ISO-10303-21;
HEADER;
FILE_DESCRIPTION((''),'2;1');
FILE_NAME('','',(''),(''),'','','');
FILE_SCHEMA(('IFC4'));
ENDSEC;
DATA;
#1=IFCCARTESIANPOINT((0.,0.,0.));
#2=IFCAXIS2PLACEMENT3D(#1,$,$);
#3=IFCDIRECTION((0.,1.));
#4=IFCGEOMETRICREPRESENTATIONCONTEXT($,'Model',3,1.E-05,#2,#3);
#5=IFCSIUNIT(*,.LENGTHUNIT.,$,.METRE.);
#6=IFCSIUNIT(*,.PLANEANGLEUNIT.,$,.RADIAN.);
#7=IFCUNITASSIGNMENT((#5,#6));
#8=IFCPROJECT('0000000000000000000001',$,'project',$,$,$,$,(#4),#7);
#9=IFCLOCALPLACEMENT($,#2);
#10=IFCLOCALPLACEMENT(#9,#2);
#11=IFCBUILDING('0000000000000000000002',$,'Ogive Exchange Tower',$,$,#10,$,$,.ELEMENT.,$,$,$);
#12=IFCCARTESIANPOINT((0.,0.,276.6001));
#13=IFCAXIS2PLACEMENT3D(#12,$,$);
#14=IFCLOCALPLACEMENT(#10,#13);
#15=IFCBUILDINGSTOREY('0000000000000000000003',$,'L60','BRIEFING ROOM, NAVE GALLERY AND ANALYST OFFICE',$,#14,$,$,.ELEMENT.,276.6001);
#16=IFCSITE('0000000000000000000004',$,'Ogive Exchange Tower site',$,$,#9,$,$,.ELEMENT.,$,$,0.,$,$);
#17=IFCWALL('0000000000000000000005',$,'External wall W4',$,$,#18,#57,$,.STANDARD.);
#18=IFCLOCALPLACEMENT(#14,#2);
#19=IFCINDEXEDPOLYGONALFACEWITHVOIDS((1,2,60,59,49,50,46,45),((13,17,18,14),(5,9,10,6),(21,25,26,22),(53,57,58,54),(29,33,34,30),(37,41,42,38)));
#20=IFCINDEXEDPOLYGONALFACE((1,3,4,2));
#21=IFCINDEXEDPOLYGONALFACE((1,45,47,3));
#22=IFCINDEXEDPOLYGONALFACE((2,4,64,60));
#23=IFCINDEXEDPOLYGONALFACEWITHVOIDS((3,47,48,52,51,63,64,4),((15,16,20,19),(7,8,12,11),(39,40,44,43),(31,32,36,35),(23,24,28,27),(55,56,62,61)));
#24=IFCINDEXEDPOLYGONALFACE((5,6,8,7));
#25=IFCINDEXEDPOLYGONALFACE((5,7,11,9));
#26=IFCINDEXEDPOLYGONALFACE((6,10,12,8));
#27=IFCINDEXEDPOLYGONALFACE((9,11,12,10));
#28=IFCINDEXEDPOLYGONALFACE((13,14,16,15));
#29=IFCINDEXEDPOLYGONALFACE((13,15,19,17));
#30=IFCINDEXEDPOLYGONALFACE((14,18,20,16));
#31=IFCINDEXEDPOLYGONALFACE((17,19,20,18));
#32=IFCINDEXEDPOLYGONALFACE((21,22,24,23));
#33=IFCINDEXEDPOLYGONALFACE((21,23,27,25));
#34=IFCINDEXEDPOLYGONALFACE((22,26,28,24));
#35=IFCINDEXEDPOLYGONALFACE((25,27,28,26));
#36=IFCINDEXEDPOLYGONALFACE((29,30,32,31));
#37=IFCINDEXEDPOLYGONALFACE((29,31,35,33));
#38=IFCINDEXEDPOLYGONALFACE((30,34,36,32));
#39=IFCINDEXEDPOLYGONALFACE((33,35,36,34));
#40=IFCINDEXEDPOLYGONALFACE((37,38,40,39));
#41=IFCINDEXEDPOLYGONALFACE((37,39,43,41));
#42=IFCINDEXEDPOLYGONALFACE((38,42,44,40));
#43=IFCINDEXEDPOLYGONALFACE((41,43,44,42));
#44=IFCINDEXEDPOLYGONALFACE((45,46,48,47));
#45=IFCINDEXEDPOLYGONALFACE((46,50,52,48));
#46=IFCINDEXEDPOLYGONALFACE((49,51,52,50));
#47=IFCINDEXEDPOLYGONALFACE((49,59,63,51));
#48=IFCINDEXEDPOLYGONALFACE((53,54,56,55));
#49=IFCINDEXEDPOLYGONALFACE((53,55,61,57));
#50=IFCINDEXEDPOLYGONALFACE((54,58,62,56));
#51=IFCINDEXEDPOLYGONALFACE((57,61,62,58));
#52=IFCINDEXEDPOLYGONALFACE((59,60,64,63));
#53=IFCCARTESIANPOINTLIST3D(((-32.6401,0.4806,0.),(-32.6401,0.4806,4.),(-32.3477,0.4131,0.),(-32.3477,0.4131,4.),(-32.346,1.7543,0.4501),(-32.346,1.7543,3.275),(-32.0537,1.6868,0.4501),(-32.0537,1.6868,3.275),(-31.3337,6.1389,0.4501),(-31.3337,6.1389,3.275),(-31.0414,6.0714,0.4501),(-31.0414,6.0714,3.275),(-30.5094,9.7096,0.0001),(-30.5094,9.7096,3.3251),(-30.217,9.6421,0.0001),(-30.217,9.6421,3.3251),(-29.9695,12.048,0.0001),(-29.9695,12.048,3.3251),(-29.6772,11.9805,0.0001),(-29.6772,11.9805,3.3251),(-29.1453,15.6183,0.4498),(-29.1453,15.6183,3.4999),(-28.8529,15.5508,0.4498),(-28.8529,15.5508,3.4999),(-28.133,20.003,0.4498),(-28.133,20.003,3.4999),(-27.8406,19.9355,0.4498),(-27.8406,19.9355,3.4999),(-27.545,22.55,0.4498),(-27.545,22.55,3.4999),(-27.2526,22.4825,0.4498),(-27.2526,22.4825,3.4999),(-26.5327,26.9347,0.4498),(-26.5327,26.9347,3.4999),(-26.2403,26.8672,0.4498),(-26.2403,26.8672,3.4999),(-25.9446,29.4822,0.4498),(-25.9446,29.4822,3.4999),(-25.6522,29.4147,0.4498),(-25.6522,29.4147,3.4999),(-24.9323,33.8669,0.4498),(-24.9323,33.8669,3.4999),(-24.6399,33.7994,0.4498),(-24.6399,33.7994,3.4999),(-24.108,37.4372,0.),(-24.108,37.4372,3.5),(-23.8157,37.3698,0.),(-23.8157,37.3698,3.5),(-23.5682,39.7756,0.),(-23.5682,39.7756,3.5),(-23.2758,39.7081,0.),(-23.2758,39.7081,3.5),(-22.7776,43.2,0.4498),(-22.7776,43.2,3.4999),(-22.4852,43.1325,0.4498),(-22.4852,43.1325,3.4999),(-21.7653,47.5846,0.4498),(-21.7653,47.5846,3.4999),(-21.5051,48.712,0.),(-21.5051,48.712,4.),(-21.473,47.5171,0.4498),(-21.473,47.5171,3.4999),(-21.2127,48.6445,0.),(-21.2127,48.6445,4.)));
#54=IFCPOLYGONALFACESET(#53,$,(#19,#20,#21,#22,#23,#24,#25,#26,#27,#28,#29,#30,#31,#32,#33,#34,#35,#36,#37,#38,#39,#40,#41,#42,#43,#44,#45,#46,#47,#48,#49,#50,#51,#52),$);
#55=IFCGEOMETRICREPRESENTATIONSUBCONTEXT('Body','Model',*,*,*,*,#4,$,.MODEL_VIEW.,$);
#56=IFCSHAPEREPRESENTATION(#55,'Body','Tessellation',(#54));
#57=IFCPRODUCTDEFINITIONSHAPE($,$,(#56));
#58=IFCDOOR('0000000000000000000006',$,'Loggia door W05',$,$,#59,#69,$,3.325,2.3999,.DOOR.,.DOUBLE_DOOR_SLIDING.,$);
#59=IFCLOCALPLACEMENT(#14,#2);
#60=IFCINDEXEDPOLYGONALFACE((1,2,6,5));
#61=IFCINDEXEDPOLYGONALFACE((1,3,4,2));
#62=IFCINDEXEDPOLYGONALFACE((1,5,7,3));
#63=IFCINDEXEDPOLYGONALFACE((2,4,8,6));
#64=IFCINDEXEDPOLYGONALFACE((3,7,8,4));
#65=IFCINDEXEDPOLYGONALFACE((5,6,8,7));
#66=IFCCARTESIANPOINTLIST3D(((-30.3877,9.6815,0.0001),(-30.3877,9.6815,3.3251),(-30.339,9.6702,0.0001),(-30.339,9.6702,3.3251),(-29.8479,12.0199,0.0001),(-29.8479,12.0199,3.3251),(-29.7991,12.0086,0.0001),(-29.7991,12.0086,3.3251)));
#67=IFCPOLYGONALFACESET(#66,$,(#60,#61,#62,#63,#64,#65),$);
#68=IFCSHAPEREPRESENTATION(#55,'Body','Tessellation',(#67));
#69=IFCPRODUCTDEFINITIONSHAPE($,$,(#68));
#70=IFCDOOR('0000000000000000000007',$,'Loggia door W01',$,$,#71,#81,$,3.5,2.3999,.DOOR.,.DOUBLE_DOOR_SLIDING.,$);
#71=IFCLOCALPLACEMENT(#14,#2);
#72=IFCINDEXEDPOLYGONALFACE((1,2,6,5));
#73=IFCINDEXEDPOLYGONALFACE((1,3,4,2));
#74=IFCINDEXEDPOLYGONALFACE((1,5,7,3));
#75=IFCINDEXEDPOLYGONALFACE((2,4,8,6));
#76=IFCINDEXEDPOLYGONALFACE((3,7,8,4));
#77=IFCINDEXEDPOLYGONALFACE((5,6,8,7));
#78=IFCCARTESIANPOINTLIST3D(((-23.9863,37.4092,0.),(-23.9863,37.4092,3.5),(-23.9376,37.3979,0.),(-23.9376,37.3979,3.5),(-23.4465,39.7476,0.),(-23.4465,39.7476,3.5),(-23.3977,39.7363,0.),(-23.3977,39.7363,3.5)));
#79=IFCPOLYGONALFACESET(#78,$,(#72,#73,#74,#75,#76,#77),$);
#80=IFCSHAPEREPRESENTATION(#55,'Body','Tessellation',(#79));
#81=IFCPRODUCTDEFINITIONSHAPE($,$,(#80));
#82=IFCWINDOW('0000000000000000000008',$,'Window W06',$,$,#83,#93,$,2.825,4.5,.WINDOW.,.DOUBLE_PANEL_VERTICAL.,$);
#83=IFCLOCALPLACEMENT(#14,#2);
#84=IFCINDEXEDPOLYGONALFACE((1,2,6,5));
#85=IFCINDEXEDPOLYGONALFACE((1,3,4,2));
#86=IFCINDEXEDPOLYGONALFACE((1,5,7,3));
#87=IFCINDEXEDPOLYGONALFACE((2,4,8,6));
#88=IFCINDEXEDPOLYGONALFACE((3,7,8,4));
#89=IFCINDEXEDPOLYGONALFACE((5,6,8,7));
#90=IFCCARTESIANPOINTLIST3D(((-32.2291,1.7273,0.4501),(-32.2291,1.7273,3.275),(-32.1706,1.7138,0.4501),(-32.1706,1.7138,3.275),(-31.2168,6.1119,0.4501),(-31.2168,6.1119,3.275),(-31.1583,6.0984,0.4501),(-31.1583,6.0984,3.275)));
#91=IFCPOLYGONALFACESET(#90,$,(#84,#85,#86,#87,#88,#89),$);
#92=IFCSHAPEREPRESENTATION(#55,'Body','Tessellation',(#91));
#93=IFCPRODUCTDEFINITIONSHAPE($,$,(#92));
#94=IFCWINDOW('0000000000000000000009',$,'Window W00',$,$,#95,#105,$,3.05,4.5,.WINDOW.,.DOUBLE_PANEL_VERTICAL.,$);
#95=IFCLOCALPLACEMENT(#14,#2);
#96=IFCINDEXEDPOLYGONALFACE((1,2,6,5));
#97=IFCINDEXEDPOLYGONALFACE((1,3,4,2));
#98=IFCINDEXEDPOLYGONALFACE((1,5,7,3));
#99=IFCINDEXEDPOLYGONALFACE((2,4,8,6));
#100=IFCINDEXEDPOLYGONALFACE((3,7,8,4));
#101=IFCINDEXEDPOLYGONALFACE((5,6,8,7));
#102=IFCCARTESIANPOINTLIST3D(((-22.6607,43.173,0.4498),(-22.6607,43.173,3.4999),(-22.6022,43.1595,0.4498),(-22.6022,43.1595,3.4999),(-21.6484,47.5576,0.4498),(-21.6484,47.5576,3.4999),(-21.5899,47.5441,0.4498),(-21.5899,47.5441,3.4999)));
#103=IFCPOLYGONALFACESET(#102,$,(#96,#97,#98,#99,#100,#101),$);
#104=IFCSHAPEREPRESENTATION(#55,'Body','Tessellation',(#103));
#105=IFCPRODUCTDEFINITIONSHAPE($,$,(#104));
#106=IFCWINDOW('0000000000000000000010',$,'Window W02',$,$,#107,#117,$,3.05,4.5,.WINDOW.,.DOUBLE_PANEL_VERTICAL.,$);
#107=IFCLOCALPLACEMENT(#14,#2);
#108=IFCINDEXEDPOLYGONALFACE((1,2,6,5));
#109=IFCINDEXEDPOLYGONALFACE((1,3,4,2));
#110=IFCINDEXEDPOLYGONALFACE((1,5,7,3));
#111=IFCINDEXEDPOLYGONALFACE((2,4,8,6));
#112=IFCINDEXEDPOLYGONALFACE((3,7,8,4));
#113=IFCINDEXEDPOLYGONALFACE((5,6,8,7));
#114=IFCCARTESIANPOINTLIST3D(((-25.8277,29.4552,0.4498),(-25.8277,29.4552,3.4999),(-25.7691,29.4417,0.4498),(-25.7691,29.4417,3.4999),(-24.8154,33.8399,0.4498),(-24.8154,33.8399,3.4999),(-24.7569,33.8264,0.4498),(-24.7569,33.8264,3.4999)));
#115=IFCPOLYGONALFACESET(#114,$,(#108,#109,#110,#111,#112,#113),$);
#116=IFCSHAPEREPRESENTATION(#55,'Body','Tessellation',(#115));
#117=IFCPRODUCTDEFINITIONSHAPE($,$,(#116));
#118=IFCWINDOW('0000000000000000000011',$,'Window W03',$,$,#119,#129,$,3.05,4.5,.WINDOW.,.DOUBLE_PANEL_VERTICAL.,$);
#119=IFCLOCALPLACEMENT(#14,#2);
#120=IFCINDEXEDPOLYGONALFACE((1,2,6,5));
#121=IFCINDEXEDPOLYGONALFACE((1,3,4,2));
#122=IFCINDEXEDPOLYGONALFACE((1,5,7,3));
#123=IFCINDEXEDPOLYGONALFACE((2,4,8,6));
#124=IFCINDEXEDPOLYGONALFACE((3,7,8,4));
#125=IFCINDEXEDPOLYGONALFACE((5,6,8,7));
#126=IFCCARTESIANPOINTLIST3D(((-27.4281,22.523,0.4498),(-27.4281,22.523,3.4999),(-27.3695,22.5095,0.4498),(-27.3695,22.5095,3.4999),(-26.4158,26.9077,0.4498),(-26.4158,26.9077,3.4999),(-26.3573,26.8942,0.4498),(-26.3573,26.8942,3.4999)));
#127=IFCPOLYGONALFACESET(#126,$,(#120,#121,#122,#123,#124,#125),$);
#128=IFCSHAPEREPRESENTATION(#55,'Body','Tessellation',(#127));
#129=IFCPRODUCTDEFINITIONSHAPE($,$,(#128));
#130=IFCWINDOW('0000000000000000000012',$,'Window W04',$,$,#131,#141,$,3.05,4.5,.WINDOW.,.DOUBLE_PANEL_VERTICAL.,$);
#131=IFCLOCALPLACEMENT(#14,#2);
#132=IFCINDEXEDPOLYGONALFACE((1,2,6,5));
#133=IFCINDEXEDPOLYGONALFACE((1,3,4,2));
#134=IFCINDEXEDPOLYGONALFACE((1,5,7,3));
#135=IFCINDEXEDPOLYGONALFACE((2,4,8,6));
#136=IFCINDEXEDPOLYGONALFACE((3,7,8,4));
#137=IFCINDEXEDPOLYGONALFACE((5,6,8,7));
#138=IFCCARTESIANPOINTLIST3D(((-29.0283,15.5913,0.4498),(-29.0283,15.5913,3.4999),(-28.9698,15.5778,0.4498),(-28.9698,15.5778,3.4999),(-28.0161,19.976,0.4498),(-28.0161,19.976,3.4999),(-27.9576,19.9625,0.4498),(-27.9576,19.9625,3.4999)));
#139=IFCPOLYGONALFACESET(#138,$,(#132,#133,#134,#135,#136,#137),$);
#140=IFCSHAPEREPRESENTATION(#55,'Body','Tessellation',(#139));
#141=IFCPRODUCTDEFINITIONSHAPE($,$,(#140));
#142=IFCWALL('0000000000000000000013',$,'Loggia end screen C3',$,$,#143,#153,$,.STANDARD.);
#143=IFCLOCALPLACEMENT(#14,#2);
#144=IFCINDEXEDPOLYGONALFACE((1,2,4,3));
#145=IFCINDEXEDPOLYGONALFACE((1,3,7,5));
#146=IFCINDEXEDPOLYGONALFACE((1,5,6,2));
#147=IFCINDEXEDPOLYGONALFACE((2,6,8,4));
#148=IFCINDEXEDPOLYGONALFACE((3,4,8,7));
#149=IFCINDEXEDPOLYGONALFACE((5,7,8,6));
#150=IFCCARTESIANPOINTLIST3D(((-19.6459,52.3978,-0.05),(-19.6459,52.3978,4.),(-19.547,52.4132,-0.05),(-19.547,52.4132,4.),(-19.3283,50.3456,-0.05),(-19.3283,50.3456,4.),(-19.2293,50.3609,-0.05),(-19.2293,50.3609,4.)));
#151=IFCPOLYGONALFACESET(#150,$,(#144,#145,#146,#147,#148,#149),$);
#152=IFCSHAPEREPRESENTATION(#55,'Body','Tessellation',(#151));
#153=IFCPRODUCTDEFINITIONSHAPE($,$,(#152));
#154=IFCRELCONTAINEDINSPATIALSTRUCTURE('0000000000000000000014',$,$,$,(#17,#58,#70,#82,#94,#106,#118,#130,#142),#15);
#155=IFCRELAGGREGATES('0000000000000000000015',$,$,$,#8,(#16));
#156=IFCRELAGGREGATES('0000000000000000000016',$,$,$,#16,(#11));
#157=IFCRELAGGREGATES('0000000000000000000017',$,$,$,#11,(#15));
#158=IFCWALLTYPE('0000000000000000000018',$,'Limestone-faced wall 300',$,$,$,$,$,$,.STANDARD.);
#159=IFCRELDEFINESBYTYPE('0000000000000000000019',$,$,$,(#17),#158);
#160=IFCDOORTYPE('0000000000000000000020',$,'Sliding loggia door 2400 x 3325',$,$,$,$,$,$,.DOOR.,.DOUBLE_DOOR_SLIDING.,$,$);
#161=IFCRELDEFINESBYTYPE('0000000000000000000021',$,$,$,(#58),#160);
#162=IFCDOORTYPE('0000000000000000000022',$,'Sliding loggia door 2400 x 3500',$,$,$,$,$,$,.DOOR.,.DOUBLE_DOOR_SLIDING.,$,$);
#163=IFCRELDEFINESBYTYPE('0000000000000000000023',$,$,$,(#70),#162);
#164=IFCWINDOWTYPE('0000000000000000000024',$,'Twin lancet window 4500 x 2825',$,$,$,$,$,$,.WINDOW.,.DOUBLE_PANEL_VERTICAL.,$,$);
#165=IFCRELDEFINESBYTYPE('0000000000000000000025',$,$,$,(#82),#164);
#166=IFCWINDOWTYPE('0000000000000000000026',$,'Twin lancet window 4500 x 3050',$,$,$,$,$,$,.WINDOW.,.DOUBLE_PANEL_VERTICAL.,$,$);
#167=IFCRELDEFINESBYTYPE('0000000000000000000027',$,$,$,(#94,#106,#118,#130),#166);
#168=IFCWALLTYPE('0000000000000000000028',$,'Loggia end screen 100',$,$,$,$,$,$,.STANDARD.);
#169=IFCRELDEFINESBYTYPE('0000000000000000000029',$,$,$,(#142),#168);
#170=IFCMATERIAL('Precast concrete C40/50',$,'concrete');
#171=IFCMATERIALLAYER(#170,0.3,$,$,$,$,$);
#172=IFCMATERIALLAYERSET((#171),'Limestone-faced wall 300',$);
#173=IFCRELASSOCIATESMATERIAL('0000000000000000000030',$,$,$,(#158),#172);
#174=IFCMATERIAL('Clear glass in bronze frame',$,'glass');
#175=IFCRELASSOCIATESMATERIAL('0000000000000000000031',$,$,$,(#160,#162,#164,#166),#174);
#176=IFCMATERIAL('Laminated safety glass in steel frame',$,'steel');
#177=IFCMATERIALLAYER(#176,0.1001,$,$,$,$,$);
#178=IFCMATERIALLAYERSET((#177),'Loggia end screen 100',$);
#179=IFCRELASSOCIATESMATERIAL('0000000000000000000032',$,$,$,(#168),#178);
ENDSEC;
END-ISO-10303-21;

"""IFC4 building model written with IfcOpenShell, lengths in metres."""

from ifc_helpers import new_model, si_unit, direction, frame, frame_2d, origin, place, context, subcontext, project, spatial, rectangle, extrude, material, layer, layer_set, type_object, element, fill, save


model = new_model("IFC4")

# Units and contexts
model_context = context("Model", 3, precision=1e-05, world=origin(), true_north=direction((0.0, 1.0)))
body_context = subcontext(model_context, "Body", "Model", "MODEL_VIEW")
ifc_project = project(units=[si_unit("LENGTHUNIT", "METRE"), si_unit("PLANEANGLEUNIT", "RADIAN")], contexts=[model_context])

# Site, building, storey
site_placement = place(None, origin())
site = spatial("IfcSite", under=ifc_project, at=site_placement, Name="Ogive Exchange Tower site", CompositionType="ELEMENT", RefElevation=0.0)
building_placement = place(site_placement, origin())
building = spatial("IfcBuilding", under=site, at=building_placement, Name="Ogive Exchange Tower", CompositionType="ELEMENT")
storey_placement = place(building_placement, frame((0.0, 0.0, 276.6001)))
storey = spatial("IfcBuildingStorey", under=building, at=storey_placement, Name="L60", Description="BRIEFING ROOM, NAVE GALLERY AND ANALYST OFFICE", CompositionType="ELEMENT", Elevation=276.6001)

# Wall, openings, doors, windows
ifc_material_1 = material(Name="Precast concrete C40/50", Category="concrete")
ifc_layer_1 = layer(ifc_material_1, 0.3)
ifc_layer_set_1 = layer_set([ifc_layer_1], Name="Limestone-faced wall 300")
wall_type_1 = type_object("IfcWallType", Name="Limestone-faced wall 300", PredefinedType="STANDARD", material=ifc_layer_set_1)
wall_1_placement = place(storey_placement, frame((-21.3589, 48.6782, 0.0), z_axis=(0.0, 0.0, 1.0), x_axis=(-0.224949, -0.97437, 0.0)))
wall_1 = element("IfcWall", 1, at=wall_1_placement, inside=storey, type_object=wall_type_1, Name="External wall W4", PredefinedType="STANDARD", context=body_context, shape_type="SweptSolid", body=[
    extrude(rectangle(XDim=49.5, YDim=0.3, at=frame_2d((24.75, 0.0))), origin(), (0.0, 0.0, 1.0), 4.0),
])
opening_1_placement = place(wall_1_placement, frame((1.157, 0.0, 0.45)))
opening_1 = element("IfcOpeningElement", 2, at=opening_1_placement, cuts=wall_1, PredefinedType="OPENING", context=body_context, shape_type="SweptSolid", body=[
    extrude(rectangle(XDim=4.5, YDim=3.05, at=frame_2d((2.25, 1.5249))), frame((0.0, 0.1599, 0.0), z_axis=(0.0, -1.0, 0.0), x_axis=(1.0, 0.0, 0.0)), (0.0, 0.0, 1.0), 0.3201),
])
opening_2_placement = place(wall_1_placement, frame((9.1714, 0.0, 0.0)))
opening_2 = element("IfcOpeningElement", 3, at=opening_2_placement, cuts=wall_1, PredefinedType="OPENING", context=body_context, shape_type="SweptSolid", body=[
    extrude(rectangle(XDim=2.3999, YDim=3.5, at=frame_2d((1.2, 1.75))), frame((0.0, 0.1599, 0.0), z_axis=(0.0, -1.0, 0.0), x_axis=(1.0, 0.0, 0.0)), (0.0, 0.0, 1.0), 0.3201),
])
opening_3_placement = place(wall_1_placement, frame((15.2356, 0.0, 0.45)))
opening_3 = element("IfcOpeningElement", 4, at=opening_3_placement, cuts=wall_1, PredefinedType="OPENING", context=body_context, shape_type="SweptSolid", body=[
    extrude(rectangle(XDim=4.5, YDim=3.05, at=frame_2d((2.25, 1.5249))), frame((0.0, 0.1599, 0.0), z_axis=(0.0, -1.0, 0.0), x_axis=(1.0, 0.0, 0.0)), (0.0, 0.0, 1.0), 0.3201),
])
opening_4_placement = place(wall_1_placement, frame((22.3501, 0.0, 0.45)))
opening_4 = element("IfcOpeningElement", 5, at=opening_4_placement, cuts=wall_1, PredefinedType="OPENING", context=body_context, shape_type="SweptSolid", body=[
    extrude(rectangle(XDim=4.5, YDim=3.05, at=frame_2d((2.25, 1.5249))), frame((0.0, 0.1599, 0.0), z_axis=(0.0, -1.0, 0.0), x_axis=(1.0, 0.0, 0.0)), (0.0, 0.0, 1.0), 0.3201),
])
opening_5_placement = place(wall_1_placement, frame((29.4641, 0.0, 0.45)))
opening_5 = element("IfcOpeningElement", 6, at=opening_5_placement, cuts=wall_1, PredefinedType="OPENING", context=body_context, shape_type="SweptSolid", body=[
    extrude(rectangle(XDim=4.5, YDim=3.05, at=frame_2d((2.25, 1.5249))), frame((0.0, 0.1599, 0.0), z_axis=(0.0, -1.0, 0.0), x_axis=(1.0, 0.0, 0.0)), (0.0, 0.0, 1.0), 0.3201),
])
opening_6_placement = place(wall_1_placement, frame((37.6284, 0.0, 0.0)))
opening_6 = element("IfcOpeningElement", 7, at=opening_6_placement, cuts=wall_1, PredefinedType="OPENING", context=body_context, shape_type="SweptSolid", body=[
    extrude(rectangle(XDim=2.3999, YDim=3.325, at=frame_2d((1.2, 1.6626))), frame((0.0, 0.1599, 0.0), z_axis=(0.0, -1.0, 0.0), x_axis=(1.0, 0.0, 0.0)), (0.0, 0.0, 1.0), 0.3201),
])
opening_7_placement = place(wall_1_placement, frame((43.6929, 0.0, 0.45)))
opening_7 = element("IfcOpeningElement", 8, at=opening_7_placement, cuts=wall_1, PredefinedType="OPENING", context=body_context, shape_type="SweptSolid", body=[
    extrude(rectangle(XDim=4.5, YDim=2.825, at=frame_2d((2.25, 1.4126))), frame((0.0, 0.1599, 0.0), z_axis=(0.0, -1.0, 0.0), x_axis=(1.0, 0.0, 0.0)), (0.0, 0.0, 1.0), 0.3201),
])
ifc_material_2 = material(Name="Clear glass in bronze frame", Category="glass")
door_type_1 = type_object("IfcDoorType", Name="Sliding loggia door 2400 x 3325", OperationType="DOUBLE_DOOR_SLIDING", PredefinedType="DOOR", material=ifc_material_2)
door_1_placement = place(opening_6_placement, origin())
door_1 = element("IfcDoor", 9, at=door_1_placement, inside=storey, type_object=door_type_1, Name="Loggia door W05", OperationType="DOUBLE_DOOR_SLIDING", OverallHeight=3.325, OverallWidth=2.3999, PredefinedType="DOOR", context=body_context, shape_type="SweptSolid", body=[
    extrude(rectangle(XDim=2.3999, YDim=3.325, at=frame_2d((1.2, 1.6626))), frame((0.0, 0.0249, 0.0), z_axis=(0.0, -1.0, 0.0), x_axis=(1.0, 0.0, 0.0)), (0.0, 0.0, 1.0), 0.05),
])
fill(opening_6, door_1)
door_type_2 = type_object("IfcDoorType", Name="Sliding loggia door 2400 x 3500", OperationType="DOUBLE_DOOR_SLIDING", PredefinedType="DOOR", material=ifc_material_2)
door_2_placement = place(opening_2_placement, origin())
door_2 = element("IfcDoor", 10, at=door_2_placement, inside=storey, type_object=door_type_2, Name="Loggia door W01", OperationType="DOUBLE_DOOR_SLIDING", OverallHeight=3.5, OverallWidth=2.3999, PredefinedType="DOOR", context=body_context, shape_type="SweptSolid", body=[
    extrude(rectangle(XDim=2.3999, YDim=3.5, at=frame_2d((1.2, 1.75))), frame((0.0, 0.0249, 0.0), z_axis=(0.0, -1.0, 0.0), x_axis=(1.0, 0.0, 0.0)), (0.0, 0.0, 1.0), 0.05),
])
fill(opening_2, door_2)
window_type_1 = type_object("IfcWindowType", Name="Twin lancet window 4500 x 2825", PartitioningType="DOUBLE_PANEL_VERTICAL", PredefinedType="WINDOW", material=ifc_material_2)
window_1_placement = place(opening_7_placement, origin())
window_1 = element("IfcWindow", 11, at=window_1_placement, inside=storey, type_object=window_type_1, Name="Window W06", OverallHeight=2.825, OverallWidth=4.5, PartitioningType="DOUBLE_PANEL_VERTICAL", PredefinedType="WINDOW", context=body_context, shape_type="SweptSolid", body=[
    extrude(rectangle(XDim=4.5, YDim=2.825, at=frame_2d((2.25, 1.4126))), frame((0.0, 0.03, 0.0), z_axis=(0.0, -1.0, 0.0), x_axis=(1.0, 0.0, 0.0)), (0.0, 0.0, 1.0), 0.0601),
])
fill(opening_7, window_1)
window_type_2 = type_object("IfcWindowType", Name="Twin lancet window 4500 x 3050", PartitioningType="DOUBLE_PANEL_VERTICAL", PredefinedType="WINDOW", material=ifc_material_2)
window_2_placement = place(opening_1_placement, origin())
window_2 = element("IfcWindow", 12, at=window_2_placement, inside=storey, type_object=window_type_2, Name="Window W00", OverallHeight=3.05, OverallWidth=4.5, PartitioningType="DOUBLE_PANEL_VERTICAL", PredefinedType="WINDOW", context=body_context, shape_type="SweptSolid", body=[
    extrude(rectangle(XDim=4.5, YDim=3.05, at=frame_2d((2.25, 1.5249))), frame((0.0, 0.03, 0.0), z_axis=(0.0, -1.0, 0.0), x_axis=(1.0, 0.0, 0.0)), (0.0, 0.0, 1.0), 0.0601),
])
fill(opening_1, window_2)
window_3_placement = place(opening_3_placement, origin())
window_3 = element("IfcWindow", 13, at=window_3_placement, inside=storey, type_object=window_type_2, Name="Window W02", OverallHeight=3.05, OverallWidth=4.5, PartitioningType="DOUBLE_PANEL_VERTICAL", PredefinedType="WINDOW", context=body_context, shape_type="SweptSolid", body=[
    extrude(rectangle(XDim=4.5, YDim=3.05, at=frame_2d((2.25, 1.5249))), frame((0.0, 0.03, 0.0), z_axis=(0.0, -1.0, 0.0), x_axis=(1.0, 0.0, 0.0)), (0.0, 0.0, 1.0), 0.0601),
])
fill(opening_3, window_3)
window_4_placement = place(opening_4_placement, origin())
window_4 = element("IfcWindow", 14, at=window_4_placement, inside=storey, type_object=window_type_2, Name="Window W03", OverallHeight=3.05, OverallWidth=4.5, PartitioningType="DOUBLE_PANEL_VERTICAL", PredefinedType="WINDOW", context=body_context, shape_type="SweptSolid", body=[
    extrude(rectangle(XDim=4.5, YDim=3.05, at=frame_2d((2.25, 1.5249))), frame((0.0, 0.03, 0.0), z_axis=(0.0, -1.0, 0.0), x_axis=(1.0, 0.0, 0.0)), (0.0, 0.0, 1.0), 0.0601),
])
fill(opening_4, window_4)
window_5_placement = place(opening_5_placement, origin())
window_5 = element("IfcWindow", 15, at=window_5_placement, inside=storey, type_object=window_type_2, Name="Window W04", OverallHeight=3.05, OverallWidth=4.5, PartitioningType="DOUBLE_PANEL_VERTICAL", PredefinedType="WINDOW", context=body_context, shape_type="SweptSolid", body=[
    extrude(rectangle(XDim=4.5, YDim=3.05, at=frame_2d((2.25, 1.5249))), frame((0.0, 0.03, 0.0), z_axis=(0.0, -1.0, 0.0), x_axis=(1.0, 0.0, 0.0)), (0.0, 0.0, 1.0), 0.0601),
])
fill(opening_5, window_5)

# Wall
ifc_material_3 = material(Name="Laminated safety glass in steel frame", Category="steel")
ifc_layer_2 = layer(ifc_material_3, 0.1001)
ifc_layer_set_2 = layer_set([ifc_layer_2], Name="Loggia end screen 100")
wall_type_2 = type_object("IfcWallType", Name="Loggia end screen 100", PredefinedType="STANDARD", material=ifc_layer_set_2)
wall_2_placement = place(storey_placement, frame((-19.2788, 50.3533, -0.05), z_axis=(0.0, 0.0, 1.0), x_axis=(-0.152949, 0.988234, 0.0)))
element("IfcWall", 16, at=wall_2_placement, inside=storey, type_object=wall_type_2, Name="Loggia end screen C3", PredefinedType="STANDARD", context=body_context, shape_type="SweptSolid", body=[
    extrude(rectangle(XDim=2.0767, YDim=0.1001, at=frame_2d((1.0383, 0.0))), origin(), (0.0, 0.0, 1.0), 4.05),
])

save(model, "model.ifc")
